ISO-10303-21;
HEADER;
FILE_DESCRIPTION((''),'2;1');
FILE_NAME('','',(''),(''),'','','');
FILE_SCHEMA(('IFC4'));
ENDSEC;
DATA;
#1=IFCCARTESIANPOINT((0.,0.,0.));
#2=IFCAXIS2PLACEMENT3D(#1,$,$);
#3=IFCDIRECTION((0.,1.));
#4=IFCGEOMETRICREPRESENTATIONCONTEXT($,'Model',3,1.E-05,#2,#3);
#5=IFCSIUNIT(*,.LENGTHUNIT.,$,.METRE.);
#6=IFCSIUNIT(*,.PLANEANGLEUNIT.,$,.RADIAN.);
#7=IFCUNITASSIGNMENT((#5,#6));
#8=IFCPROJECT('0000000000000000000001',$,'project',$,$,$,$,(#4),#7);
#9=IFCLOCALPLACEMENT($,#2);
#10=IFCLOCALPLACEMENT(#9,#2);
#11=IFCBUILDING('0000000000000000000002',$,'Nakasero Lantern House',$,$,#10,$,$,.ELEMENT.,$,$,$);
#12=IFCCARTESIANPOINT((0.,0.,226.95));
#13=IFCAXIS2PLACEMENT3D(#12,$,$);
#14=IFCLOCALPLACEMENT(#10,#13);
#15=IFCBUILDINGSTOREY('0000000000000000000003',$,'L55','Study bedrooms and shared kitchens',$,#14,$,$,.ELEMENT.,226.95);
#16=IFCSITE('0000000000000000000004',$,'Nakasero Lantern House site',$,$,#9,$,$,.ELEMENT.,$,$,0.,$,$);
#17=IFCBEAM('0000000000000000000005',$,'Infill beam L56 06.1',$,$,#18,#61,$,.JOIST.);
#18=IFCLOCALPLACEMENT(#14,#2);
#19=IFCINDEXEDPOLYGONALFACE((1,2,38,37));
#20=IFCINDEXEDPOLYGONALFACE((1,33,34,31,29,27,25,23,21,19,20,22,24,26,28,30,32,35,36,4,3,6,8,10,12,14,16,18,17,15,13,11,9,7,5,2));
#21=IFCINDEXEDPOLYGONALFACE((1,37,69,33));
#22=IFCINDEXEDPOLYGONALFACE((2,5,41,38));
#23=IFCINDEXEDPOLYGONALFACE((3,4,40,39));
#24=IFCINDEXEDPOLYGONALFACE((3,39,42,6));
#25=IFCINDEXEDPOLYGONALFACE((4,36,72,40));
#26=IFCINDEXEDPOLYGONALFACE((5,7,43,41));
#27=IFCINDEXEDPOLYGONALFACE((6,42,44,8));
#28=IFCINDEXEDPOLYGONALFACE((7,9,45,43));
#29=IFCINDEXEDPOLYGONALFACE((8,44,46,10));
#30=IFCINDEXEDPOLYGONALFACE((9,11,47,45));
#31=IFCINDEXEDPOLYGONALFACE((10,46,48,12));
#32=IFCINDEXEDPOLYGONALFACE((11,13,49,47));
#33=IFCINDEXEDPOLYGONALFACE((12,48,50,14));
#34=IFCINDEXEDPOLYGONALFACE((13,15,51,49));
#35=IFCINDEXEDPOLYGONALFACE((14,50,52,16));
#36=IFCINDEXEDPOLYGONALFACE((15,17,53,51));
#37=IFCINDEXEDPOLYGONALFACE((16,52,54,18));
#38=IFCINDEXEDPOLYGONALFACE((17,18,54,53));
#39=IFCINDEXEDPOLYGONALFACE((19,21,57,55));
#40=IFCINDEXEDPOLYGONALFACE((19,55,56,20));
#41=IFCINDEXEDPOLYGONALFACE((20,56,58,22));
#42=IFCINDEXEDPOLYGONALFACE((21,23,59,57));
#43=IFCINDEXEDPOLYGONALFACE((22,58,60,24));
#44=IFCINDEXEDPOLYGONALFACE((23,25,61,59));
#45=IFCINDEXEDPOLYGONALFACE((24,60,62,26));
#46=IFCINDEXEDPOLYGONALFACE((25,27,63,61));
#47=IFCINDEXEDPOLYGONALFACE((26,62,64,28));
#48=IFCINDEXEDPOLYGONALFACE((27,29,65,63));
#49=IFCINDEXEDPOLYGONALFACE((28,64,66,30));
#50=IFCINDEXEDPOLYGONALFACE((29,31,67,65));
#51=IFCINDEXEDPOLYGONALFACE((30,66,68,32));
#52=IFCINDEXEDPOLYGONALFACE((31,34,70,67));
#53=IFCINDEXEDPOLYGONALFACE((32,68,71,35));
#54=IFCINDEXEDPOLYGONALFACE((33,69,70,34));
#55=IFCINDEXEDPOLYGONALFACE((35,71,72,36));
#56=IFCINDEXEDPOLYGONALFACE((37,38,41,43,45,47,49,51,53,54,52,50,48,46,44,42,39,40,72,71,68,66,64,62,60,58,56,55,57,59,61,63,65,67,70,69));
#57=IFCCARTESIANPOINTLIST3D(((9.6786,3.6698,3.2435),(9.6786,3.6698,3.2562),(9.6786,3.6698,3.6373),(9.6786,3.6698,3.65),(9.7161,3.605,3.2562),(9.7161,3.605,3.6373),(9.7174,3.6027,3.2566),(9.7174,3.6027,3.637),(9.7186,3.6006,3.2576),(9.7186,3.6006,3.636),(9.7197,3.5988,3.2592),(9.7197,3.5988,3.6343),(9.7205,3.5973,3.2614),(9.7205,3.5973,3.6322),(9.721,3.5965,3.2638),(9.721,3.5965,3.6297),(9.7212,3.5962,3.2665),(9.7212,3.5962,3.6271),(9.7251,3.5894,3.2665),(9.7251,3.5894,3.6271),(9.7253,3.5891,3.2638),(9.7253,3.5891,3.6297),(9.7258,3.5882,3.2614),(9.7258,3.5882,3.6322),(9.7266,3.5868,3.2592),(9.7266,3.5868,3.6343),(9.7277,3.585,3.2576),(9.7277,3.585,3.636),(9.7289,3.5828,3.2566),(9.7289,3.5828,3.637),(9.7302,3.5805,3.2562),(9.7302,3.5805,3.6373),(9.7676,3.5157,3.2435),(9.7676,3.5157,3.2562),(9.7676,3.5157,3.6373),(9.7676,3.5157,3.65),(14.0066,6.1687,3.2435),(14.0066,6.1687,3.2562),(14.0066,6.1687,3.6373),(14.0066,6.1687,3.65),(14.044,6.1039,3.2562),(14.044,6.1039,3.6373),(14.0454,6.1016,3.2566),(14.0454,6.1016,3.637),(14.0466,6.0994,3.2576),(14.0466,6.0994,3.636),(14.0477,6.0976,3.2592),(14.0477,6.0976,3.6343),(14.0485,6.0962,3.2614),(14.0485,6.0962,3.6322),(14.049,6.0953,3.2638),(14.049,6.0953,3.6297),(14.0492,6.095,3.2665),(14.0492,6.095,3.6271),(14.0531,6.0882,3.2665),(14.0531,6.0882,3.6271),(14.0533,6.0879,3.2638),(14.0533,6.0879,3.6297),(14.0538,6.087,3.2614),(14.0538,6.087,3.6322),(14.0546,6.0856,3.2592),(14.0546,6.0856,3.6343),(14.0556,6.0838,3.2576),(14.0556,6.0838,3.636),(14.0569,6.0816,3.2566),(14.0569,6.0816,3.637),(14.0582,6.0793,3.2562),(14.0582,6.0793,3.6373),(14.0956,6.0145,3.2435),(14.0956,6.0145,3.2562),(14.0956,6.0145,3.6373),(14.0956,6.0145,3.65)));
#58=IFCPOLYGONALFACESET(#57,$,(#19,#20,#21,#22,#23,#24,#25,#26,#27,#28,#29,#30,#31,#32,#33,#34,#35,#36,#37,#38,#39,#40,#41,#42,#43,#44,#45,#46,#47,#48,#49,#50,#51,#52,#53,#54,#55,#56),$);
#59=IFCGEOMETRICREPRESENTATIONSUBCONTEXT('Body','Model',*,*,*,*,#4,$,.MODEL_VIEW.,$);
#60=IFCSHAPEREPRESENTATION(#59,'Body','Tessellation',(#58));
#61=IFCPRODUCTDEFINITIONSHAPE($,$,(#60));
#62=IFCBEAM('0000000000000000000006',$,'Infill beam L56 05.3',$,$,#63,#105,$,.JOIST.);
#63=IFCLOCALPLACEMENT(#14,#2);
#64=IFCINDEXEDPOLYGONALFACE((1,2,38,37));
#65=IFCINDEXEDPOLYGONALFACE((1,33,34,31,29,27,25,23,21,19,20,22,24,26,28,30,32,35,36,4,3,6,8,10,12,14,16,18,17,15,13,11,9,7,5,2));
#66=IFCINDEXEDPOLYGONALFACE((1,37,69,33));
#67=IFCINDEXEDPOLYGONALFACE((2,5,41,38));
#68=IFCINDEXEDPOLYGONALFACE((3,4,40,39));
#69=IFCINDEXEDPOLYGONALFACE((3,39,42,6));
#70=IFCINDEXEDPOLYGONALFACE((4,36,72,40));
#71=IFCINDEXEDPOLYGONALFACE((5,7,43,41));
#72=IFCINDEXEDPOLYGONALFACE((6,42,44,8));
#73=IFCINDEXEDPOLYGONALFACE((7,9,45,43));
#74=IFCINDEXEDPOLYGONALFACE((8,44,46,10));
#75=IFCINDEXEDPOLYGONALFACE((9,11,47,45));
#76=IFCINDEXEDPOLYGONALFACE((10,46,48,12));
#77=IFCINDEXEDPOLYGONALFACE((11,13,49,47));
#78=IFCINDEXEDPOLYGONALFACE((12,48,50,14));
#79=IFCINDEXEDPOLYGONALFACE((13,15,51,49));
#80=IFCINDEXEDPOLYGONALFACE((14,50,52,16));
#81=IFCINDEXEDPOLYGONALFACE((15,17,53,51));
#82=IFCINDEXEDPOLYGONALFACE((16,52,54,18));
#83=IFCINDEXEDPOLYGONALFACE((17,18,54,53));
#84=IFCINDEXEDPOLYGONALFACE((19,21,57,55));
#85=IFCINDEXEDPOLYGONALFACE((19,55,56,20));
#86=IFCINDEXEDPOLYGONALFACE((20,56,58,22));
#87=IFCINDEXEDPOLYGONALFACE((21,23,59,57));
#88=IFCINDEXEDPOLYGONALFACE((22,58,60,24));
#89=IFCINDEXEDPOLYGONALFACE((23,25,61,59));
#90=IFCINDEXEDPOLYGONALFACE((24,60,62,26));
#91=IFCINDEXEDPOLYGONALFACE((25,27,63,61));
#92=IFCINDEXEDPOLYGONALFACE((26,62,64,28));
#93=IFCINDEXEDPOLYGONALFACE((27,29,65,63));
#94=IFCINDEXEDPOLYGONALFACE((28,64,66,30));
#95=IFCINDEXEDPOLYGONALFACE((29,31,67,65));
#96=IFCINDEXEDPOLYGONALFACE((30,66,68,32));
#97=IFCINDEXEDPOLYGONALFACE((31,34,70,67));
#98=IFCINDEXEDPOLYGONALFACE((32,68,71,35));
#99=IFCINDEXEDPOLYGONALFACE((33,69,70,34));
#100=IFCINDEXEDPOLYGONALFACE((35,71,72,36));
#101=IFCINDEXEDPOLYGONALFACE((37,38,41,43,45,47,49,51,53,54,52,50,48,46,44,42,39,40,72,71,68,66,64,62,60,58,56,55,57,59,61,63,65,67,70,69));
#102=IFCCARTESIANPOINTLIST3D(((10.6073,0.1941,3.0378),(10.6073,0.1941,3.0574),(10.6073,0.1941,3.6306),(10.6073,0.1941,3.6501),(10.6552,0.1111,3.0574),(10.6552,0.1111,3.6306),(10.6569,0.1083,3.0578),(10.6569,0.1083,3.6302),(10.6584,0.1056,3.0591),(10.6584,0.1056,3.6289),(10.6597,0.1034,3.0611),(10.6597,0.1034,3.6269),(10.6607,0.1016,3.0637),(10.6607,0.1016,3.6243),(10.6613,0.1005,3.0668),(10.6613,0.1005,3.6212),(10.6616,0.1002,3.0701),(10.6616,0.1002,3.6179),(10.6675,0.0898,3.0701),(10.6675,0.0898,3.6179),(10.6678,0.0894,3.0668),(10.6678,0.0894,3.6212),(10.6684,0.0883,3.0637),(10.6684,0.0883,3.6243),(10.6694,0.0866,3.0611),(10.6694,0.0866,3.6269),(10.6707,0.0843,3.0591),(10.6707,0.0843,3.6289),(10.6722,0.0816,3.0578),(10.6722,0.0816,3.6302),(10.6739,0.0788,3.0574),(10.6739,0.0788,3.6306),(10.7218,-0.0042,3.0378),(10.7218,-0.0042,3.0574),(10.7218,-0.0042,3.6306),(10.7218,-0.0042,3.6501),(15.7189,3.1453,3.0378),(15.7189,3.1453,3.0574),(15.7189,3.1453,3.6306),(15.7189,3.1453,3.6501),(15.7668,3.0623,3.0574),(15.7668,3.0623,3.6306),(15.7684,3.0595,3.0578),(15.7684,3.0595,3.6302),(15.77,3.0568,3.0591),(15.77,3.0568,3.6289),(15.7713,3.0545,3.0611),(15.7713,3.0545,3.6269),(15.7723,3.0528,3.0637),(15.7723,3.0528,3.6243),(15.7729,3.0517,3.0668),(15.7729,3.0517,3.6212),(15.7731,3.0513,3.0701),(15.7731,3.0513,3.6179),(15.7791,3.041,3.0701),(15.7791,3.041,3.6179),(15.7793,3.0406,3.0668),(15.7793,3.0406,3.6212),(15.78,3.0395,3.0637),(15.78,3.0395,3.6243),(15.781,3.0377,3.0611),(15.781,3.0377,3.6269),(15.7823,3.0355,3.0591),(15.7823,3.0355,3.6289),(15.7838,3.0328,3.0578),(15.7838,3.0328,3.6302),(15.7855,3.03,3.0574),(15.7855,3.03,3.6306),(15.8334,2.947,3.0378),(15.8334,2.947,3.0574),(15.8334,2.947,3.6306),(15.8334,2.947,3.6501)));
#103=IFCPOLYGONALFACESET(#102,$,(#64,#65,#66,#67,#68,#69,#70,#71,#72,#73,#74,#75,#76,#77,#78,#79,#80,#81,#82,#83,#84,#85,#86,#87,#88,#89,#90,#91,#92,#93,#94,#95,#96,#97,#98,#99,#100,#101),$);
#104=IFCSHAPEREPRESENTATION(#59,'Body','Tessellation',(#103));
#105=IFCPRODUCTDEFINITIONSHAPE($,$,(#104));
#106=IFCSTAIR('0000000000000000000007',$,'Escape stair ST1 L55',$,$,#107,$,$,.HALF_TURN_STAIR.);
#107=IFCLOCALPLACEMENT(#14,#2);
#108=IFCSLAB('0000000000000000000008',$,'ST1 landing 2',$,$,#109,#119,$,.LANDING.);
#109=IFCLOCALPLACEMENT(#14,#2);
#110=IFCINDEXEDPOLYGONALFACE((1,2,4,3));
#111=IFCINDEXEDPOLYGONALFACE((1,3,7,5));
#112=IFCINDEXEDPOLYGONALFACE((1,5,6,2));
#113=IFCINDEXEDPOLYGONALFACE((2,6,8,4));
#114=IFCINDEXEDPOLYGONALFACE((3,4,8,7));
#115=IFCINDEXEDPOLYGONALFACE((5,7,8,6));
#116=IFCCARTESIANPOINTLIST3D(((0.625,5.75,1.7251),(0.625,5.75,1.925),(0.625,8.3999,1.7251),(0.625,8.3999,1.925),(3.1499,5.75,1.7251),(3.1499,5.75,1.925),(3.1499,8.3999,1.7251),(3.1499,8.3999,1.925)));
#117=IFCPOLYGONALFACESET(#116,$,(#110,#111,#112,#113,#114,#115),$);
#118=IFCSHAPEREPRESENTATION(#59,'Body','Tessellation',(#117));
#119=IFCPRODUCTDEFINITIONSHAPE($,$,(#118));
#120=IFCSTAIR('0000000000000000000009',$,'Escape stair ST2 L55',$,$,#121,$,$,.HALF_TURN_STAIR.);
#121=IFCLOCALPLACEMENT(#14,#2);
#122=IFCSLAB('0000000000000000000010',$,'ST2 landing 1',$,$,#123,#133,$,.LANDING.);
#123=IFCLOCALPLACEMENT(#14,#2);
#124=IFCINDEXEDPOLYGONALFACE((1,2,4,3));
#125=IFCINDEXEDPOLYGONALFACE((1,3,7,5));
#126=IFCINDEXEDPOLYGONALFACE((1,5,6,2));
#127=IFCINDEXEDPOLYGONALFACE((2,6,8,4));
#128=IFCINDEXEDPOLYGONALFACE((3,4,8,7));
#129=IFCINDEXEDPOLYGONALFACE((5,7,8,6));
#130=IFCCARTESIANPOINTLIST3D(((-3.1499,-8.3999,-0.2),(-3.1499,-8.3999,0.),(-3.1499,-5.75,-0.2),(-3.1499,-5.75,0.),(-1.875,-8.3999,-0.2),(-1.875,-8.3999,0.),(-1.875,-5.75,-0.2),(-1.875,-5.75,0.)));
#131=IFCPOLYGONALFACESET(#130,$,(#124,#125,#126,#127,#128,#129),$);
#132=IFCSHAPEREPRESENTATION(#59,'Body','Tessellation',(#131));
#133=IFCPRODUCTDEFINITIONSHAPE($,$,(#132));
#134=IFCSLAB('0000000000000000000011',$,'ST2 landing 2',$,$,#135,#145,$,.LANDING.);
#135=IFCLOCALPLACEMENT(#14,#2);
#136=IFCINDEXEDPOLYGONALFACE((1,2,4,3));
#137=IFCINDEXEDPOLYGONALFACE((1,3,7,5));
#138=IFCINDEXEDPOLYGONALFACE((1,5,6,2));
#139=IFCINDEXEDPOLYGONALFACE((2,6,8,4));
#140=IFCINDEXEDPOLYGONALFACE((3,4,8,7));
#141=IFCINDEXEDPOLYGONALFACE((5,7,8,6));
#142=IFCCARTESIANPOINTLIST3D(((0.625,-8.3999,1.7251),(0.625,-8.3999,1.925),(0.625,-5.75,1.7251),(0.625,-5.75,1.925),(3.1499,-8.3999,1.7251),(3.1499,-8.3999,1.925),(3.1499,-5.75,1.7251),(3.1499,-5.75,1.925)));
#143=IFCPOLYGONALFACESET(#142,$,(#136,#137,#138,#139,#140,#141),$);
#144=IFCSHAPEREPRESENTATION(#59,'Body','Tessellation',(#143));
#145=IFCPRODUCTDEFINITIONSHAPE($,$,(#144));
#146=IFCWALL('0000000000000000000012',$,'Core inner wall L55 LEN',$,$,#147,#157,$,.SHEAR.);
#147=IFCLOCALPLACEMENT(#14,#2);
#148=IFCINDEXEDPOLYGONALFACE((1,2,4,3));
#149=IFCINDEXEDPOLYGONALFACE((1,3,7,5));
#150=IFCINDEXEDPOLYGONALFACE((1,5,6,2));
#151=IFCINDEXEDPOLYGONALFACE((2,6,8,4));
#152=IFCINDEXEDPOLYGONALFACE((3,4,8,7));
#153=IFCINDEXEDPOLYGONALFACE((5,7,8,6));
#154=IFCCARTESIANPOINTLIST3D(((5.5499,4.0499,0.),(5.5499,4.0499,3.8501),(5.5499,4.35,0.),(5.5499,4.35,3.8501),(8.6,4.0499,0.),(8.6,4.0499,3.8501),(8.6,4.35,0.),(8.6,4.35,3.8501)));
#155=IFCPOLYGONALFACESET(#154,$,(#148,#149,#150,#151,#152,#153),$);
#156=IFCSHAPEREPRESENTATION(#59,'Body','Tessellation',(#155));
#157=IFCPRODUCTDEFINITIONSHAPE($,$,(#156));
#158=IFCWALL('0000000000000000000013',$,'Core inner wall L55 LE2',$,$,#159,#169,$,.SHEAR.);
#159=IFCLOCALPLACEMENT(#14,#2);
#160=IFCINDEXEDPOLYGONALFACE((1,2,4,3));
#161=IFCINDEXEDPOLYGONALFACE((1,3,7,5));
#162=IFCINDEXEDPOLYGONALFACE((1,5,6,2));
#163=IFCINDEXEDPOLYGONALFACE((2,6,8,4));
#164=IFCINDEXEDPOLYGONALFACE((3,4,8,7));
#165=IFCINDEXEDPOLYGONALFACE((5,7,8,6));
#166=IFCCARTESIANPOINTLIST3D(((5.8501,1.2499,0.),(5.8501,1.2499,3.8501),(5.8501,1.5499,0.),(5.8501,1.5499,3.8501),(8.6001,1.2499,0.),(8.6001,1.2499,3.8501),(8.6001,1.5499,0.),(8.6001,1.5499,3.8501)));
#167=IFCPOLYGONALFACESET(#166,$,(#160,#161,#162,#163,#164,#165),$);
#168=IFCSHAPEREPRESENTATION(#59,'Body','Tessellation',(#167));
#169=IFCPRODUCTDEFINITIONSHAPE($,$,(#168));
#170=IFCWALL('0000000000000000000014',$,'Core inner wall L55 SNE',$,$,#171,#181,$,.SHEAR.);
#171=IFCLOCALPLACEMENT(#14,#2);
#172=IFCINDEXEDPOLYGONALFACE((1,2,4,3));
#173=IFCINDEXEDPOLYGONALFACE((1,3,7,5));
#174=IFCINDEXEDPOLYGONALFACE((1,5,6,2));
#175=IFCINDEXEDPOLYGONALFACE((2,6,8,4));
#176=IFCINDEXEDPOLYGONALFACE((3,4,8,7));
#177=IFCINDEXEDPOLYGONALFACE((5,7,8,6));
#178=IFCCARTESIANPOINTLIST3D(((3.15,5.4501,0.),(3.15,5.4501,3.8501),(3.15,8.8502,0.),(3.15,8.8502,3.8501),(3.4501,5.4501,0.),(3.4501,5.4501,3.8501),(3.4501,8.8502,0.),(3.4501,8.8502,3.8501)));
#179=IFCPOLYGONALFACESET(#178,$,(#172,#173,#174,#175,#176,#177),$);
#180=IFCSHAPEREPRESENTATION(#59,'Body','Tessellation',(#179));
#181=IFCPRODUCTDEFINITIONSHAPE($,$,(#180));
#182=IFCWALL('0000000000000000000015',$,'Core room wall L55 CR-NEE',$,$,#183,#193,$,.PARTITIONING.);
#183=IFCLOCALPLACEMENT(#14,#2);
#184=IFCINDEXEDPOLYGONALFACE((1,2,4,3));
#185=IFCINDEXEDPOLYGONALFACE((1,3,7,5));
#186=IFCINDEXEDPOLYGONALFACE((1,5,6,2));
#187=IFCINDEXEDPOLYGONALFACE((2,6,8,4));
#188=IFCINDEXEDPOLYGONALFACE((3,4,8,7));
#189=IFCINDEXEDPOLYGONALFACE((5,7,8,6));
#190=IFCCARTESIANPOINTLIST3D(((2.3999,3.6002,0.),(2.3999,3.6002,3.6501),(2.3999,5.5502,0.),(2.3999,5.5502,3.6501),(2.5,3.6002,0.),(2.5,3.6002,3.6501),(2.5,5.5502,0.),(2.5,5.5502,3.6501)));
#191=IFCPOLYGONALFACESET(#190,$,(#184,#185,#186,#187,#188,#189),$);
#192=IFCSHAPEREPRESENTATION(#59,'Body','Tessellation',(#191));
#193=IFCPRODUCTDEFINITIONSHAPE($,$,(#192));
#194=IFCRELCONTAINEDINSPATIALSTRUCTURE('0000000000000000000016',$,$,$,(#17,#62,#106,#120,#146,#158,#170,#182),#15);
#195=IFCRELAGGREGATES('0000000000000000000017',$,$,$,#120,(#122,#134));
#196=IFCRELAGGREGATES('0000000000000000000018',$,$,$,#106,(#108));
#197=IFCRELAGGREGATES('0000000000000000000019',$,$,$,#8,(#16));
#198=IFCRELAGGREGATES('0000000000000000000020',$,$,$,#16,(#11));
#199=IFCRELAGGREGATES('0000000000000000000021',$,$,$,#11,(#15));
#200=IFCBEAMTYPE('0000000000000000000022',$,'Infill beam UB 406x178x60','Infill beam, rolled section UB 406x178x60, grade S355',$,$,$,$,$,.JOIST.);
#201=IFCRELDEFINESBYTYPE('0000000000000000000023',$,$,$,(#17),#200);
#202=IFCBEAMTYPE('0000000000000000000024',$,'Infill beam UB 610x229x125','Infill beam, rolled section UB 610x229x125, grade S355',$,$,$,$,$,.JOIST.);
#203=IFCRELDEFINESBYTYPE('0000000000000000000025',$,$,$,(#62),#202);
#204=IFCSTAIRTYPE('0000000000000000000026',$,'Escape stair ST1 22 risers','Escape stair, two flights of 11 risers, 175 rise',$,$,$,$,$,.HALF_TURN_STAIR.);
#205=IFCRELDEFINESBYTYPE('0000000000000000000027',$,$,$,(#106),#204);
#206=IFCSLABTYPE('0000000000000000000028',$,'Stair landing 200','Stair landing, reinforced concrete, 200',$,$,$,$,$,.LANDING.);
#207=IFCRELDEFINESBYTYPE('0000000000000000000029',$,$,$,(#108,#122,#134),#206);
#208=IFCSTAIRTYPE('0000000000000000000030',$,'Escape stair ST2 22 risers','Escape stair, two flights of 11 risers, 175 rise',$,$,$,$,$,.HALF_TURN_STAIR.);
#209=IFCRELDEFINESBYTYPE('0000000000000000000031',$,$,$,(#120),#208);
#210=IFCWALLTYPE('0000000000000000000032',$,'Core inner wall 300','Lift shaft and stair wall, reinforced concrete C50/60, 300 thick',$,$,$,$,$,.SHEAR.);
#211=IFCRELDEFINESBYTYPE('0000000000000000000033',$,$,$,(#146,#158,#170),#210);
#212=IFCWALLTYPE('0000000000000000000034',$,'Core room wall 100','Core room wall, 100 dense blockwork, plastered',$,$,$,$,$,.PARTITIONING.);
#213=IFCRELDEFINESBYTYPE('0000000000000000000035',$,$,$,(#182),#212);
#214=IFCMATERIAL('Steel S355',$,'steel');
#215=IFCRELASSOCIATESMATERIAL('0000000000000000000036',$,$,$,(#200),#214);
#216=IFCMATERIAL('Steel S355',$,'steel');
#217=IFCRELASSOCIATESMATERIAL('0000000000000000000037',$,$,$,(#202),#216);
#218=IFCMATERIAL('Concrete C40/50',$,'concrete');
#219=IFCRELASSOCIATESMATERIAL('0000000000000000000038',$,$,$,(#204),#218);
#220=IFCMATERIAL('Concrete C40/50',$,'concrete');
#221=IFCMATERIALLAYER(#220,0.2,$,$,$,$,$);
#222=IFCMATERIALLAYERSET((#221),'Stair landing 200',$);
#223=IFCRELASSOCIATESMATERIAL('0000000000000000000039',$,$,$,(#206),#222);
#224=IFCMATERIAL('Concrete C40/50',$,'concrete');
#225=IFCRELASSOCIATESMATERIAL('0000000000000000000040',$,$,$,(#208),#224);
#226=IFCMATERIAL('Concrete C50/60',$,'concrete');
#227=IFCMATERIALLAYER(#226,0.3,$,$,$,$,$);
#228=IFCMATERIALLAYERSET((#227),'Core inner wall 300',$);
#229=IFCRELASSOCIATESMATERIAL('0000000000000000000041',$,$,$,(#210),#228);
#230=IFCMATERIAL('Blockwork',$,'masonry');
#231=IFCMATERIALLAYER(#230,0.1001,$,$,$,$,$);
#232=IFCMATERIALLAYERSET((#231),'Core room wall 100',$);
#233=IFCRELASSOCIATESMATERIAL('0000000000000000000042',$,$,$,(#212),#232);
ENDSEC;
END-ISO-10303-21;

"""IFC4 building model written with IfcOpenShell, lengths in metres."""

from ifc_helpers import new_model, si_unit, direction, frame, frame_2d, origin, origin_2d, place, context, subcontext, project, spatial, polyline, rectangle, i_section, outline, extrude, material, layer, layer_set, material_profile, profile_set, type_object, element, aggregate, save


model = new_model("IFC4")

# Units and contexts
model_context = context("Model", 3, precision=1e-05, world=origin(), true_north=direction((0.0, 1.0)))
body_context = subcontext(model_context, "Body", "Model", "MODEL_VIEW")
ifc_project = project(units=[si_unit("LENGTHUNIT", "METRE"), si_unit("PLANEANGLEUNIT", "RADIAN")], contexts=[model_context])

# Site, building, storey
site_placement = place(None, origin())
site = spatial("IfcSite", under=ifc_project, at=site_placement, Name="Nakasero Lantern House site", CompositionType="ELEMENT", RefElevation=0.0)
building_placement = place(site_placement, origin())
building = spatial("IfcBuilding", under=site, at=building_placement, Name="Nakasero Lantern House", CompositionType="ELEMENT")
storey_placement = place(building_placement, frame((0.0, 0.0, 226.95)))
storey = spatial("IfcBuildingStorey", under=building, at=storey_placement, Name="L55", Description="Study bedrooms and shared kitchens", CompositionType="ELEMENT", Elevation=226.95)

# Beams
ifc_material_1 = material(Name="Steel S355", Category="steel")
ifc_material_profile_1 = material_profile(ifc_material_1, i_section(OverallWidth=0.178, OverallDepth=0.4065, WebThickness=0.0078, FlangeThickness=0.0127, FilletRadius=0.0103, at=origin_2d()), Name="UB 406x178x60")
ifc_profile_set_1 = profile_set([ifc_material_profile_1], Name="Steel S355")
beam_type_1 = type_object("IfcBeamType", Name="Infill beam UB 406x178x60", Description="Infill beam, rolled section UB 406x178x60, grade S355", PredefinedType="JOIST", material=ifc_profile_set_1)
beam_1_placement = place(storey_placement, frame((9.7231, 3.5928, 3.4468), z_axis=(0.866019, 0.500011, 0.0), x_axis=(-0.500011, 0.866019, 0.0)))
element("IfcBeam", 1, at=beam_1_placement, inside=storey, type_object=beam_type_1, Name="Infill beam L56 06.1", PredefinedType="JOIST", context=body_context, shape_type="SweptSolid", body=[
    extrude(i_section(OverallWidth=0.178, OverallDepth=0.4065, WebThickness=0.0078, FlangeThickness=0.0127, FilletRadius=0.0103, at=origin_2d()), origin(), (0.0, 0.0, 1.0), 4.9976),
])
ifc_material_2 = material(Name="Steel S355", Category="steel")
ifc_material_profile_2 = material_profile(ifc_material_2, i_section(OverallWidth=0.229, OverallDepth=0.6123, WebThickness=0.012, FlangeThickness=0.0195, FilletRadius=0.0127, at=origin_2d()), Name="UB 610x229x125")
ifc_profile_set_2 = profile_set([ifc_material_profile_2], Name="Steel S355")
beam_type_2 = type_object("IfcBeamType", Name="Infill beam UB 610x229x125", Description="Infill beam, rolled section UB 610x229x125, grade S355", PredefinedType="JOIST", material=ifc_profile_set_2)
beam_2_placement = place(storey_placement, frame((10.6646, 0.095, 3.344), z_axis=(0.866025, 0.500001, 0.0), x_axis=(-0.500001, 0.866025, 0.0)))
element("IfcBeam", 2, at=beam_2_placement, inside=storey, type_object=beam_type_2, Name="Infill beam L56 05.3", PredefinedType="JOIST", context=body_context, shape_type="SweptSolid", body=[
    extrude(i_section(OverallWidth=0.229, OverallDepth=0.6123, WebThickness=0.012, FlangeThickness=0.0195, FilletRadius=0.0127, at=origin_2d()), origin(), (0.0, 0.0, 1.0), 5.9023),
])

# Stair, slab
ifc_material_3 = material(Name="Concrete C40/50", Category="concrete")
stair_type_1 = type_object("IfcStairType", Name="Escape stair ST1 22 risers", Description="Escape stair, two flights of 11 risers, 175 rise", PredefinedType="HALF_TURN_STAIR", material=ifc_material_3)
stair_1_placement = place(storey_placement, origin())
stair_1 = element("IfcStair", 3, at=stair_1_placement, inside=storey, type_object=stair_type_1, Name="Escape stair ST1 L55", PredefinedType="HALF_TURN_STAIR")
ifc_material_4 = material(Name="Concrete C40/50", Category="concrete")
ifc_layer_1 = layer(ifc_material_4, 0.2)
ifc_layer_set_1 = layer_set([ifc_layer_1], Name="Stair landing 200")
slab_type = type_object("IfcSlabType", Name="Stair landing 200", Description="Stair landing, reinforced concrete, 200", PredefinedType="LANDING", material=ifc_layer_set_1)
slab_1_placement = place(storey_placement, frame((0.0, 0.0, 1.7251)))
slab_1 = element("IfcSlab", 4, at=slab_1_placement, type_object=slab_type, Name="ST1 landing 2", PredefinedType="LANDING", context=body_context, shape_type="SweptSolid", body=[
    extrude(outline(polyline([(0.625, 5.75), (3.1499, 5.75), (3.1499, 8.3999), (0.625, 8.3999), (0.625, 5.75)])), origin(), (0.0, 0.0, 1.0), 0.2),
])

# Stair, slabs
ifc_material_5 = material(Name="Concrete C40/50", Category="concrete")
stair_type_2 = type_object("IfcStairType", Name="Escape stair ST2 22 risers", Description="Escape stair, two flights of 11 risers, 175 rise", PredefinedType="HALF_TURN_STAIR", material=ifc_material_5)
stair_2_placement = place(storey_placement, origin())
stair_2 = element("IfcStair", 5, at=stair_2_placement, inside=storey, type_object=stair_type_2, Name="Escape stair ST2 L55", PredefinedType="HALF_TURN_STAIR")
slab_2_placement = place(storey_placement, frame((0.0, 0.0, -0.2)))
slab_2 = element("IfcSlab", 6, at=slab_2_placement, type_object=slab_type, Name="ST2 landing 1", PredefinedType="LANDING", context=body_context, shape_type="SweptSolid", body=[
    extrude(outline(polyline([(-3.1499, -8.3999), (-1.875, -8.3999), (-1.875, -5.75), (-3.1499, -5.75), (-3.1499, -8.3999)])), origin(), (0.0, 0.0, 1.0), 0.2),
])
slab_3_placement = place(storey_placement, frame((0.0, 0.0, 1.7251)))
slab_3 = element("IfcSlab", 7, at=slab_3_placement, type_object=slab_type, Name="ST2 landing 2", PredefinedType="LANDING", context=body_context, shape_type="SweptSolid", body=[
    extrude(outline(polyline([(0.625, -8.3999), (3.1499, -8.3999), (3.1499, -5.75), (0.625, -5.75), (0.625, -8.3999)])), origin(), (0.0, 0.0, 1.0), 0.2),
])
aggregate(stair_2, [slab_2, slab_3])

# Walls
ifc_material_6 = material(Name="Concrete C50/60", Category="concrete")
ifc_layer_2 = layer(ifc_material_6, 0.3)
ifc_layer_set_2 = layer_set([ifc_layer_2], Name="Core inner wall 300")
wall_type_1 = type_object("IfcWallType", Name="Core inner wall 300", Description="Lift shaft and stair wall, reinforced concrete C50/60, 300 thick", PredefinedType="SHEAR", material=ifc_layer_set_2)
wall_1_placement = place(storey_placement, frame((5.55, 4.2, 0.0), z_axis=(0.0, 0.0, 1.0), x_axis=(1.0, 0.0, 0.0)))
element("IfcWall", 8, at=wall_1_placement, inside=storey, type_object=wall_type_1, Name="Core inner wall L55 LEN", PredefinedType="SHEAR", context=body_context, shape_type="SweptSolid", body=[
    extrude(rectangle(XDim=3.05, YDim=0.3, at=frame_2d((1.5249, 0.0))), origin(), (0.0, 0.0, 1.0), 3.8501),
])
wall_2_placement = place(storey_placement, frame((5.8501, 1.3999, 0.0), z_axis=(0.0, 0.0, 1.0), x_axis=(1.0, 0.0, 0.0)))
element("IfcWall", 9, at=wall_2_placement, inside=storey, type_object=wall_type_1, Name="Core inner wall L55 LE2", PredefinedType="SHEAR", context=body_context, shape_type="SweptSolid", body=[
    extrude(rectangle(XDim=2.75, YDim=0.3, at=frame_2d((1.375, 0.0))), origin(), (0.0, 0.0, 1.0), 3.8501),
])
wall_3_placement = place(storey_placement, frame((3.3, 5.45, 0.0), z_axis=(0.0, 0.0, 1.0), x_axis=(0.0, 1.0, 0.0)))
element("IfcWall", 10, at=wall_3_placement, inside=storey, type_object=wall_type_1, Name="Core inner wall L55 SNE", PredefinedType="SHEAR", context=body_context, shape_type="SweptSolid", body=[
    extrude(rectangle(XDim=3.4001, YDim=0.3, at=frame_2d((1.7002, 0.0))), origin(), (0.0, 0.0, 1.0), 3.8501),
])
ifc_material_7 = material(Name="Blockwork", Category="masonry")
ifc_layer_3 = layer(ifc_material_7, 0.1001)
ifc_layer_set_3 = layer_set([ifc_layer_3], Name="Core room wall 100")
wall_type_2 = type_object("IfcWallType", Name="Core room wall 100", Description="Core room wall, 100 dense blockwork, plastered", PredefinedType="PARTITIONING", material=ifc_layer_set_3)
wall_4_placement = place(storey_placement, frame((2.45, 3.6001, 0.0), z_axis=(0.0, 0.0, 1.0), x_axis=(0.0, 1.0, 0.0)))
element("IfcWall", 11, at=wall_4_placement, inside=storey, type_object=wall_type_2, Name="Core room wall L55 CR-NEE", PredefinedType="PARTITIONING", context=body_context, shape_type="SweptSolid", body=[
    extrude(rectangle(XDim=1.95, YDim=0.1001, at=frame_2d((0.9751, 0.0))), origin(), (0.0, 0.0, 1.0), 3.6501),
])

aggregate(stair_1, [slab_1])

save(model, "model.ifc")
